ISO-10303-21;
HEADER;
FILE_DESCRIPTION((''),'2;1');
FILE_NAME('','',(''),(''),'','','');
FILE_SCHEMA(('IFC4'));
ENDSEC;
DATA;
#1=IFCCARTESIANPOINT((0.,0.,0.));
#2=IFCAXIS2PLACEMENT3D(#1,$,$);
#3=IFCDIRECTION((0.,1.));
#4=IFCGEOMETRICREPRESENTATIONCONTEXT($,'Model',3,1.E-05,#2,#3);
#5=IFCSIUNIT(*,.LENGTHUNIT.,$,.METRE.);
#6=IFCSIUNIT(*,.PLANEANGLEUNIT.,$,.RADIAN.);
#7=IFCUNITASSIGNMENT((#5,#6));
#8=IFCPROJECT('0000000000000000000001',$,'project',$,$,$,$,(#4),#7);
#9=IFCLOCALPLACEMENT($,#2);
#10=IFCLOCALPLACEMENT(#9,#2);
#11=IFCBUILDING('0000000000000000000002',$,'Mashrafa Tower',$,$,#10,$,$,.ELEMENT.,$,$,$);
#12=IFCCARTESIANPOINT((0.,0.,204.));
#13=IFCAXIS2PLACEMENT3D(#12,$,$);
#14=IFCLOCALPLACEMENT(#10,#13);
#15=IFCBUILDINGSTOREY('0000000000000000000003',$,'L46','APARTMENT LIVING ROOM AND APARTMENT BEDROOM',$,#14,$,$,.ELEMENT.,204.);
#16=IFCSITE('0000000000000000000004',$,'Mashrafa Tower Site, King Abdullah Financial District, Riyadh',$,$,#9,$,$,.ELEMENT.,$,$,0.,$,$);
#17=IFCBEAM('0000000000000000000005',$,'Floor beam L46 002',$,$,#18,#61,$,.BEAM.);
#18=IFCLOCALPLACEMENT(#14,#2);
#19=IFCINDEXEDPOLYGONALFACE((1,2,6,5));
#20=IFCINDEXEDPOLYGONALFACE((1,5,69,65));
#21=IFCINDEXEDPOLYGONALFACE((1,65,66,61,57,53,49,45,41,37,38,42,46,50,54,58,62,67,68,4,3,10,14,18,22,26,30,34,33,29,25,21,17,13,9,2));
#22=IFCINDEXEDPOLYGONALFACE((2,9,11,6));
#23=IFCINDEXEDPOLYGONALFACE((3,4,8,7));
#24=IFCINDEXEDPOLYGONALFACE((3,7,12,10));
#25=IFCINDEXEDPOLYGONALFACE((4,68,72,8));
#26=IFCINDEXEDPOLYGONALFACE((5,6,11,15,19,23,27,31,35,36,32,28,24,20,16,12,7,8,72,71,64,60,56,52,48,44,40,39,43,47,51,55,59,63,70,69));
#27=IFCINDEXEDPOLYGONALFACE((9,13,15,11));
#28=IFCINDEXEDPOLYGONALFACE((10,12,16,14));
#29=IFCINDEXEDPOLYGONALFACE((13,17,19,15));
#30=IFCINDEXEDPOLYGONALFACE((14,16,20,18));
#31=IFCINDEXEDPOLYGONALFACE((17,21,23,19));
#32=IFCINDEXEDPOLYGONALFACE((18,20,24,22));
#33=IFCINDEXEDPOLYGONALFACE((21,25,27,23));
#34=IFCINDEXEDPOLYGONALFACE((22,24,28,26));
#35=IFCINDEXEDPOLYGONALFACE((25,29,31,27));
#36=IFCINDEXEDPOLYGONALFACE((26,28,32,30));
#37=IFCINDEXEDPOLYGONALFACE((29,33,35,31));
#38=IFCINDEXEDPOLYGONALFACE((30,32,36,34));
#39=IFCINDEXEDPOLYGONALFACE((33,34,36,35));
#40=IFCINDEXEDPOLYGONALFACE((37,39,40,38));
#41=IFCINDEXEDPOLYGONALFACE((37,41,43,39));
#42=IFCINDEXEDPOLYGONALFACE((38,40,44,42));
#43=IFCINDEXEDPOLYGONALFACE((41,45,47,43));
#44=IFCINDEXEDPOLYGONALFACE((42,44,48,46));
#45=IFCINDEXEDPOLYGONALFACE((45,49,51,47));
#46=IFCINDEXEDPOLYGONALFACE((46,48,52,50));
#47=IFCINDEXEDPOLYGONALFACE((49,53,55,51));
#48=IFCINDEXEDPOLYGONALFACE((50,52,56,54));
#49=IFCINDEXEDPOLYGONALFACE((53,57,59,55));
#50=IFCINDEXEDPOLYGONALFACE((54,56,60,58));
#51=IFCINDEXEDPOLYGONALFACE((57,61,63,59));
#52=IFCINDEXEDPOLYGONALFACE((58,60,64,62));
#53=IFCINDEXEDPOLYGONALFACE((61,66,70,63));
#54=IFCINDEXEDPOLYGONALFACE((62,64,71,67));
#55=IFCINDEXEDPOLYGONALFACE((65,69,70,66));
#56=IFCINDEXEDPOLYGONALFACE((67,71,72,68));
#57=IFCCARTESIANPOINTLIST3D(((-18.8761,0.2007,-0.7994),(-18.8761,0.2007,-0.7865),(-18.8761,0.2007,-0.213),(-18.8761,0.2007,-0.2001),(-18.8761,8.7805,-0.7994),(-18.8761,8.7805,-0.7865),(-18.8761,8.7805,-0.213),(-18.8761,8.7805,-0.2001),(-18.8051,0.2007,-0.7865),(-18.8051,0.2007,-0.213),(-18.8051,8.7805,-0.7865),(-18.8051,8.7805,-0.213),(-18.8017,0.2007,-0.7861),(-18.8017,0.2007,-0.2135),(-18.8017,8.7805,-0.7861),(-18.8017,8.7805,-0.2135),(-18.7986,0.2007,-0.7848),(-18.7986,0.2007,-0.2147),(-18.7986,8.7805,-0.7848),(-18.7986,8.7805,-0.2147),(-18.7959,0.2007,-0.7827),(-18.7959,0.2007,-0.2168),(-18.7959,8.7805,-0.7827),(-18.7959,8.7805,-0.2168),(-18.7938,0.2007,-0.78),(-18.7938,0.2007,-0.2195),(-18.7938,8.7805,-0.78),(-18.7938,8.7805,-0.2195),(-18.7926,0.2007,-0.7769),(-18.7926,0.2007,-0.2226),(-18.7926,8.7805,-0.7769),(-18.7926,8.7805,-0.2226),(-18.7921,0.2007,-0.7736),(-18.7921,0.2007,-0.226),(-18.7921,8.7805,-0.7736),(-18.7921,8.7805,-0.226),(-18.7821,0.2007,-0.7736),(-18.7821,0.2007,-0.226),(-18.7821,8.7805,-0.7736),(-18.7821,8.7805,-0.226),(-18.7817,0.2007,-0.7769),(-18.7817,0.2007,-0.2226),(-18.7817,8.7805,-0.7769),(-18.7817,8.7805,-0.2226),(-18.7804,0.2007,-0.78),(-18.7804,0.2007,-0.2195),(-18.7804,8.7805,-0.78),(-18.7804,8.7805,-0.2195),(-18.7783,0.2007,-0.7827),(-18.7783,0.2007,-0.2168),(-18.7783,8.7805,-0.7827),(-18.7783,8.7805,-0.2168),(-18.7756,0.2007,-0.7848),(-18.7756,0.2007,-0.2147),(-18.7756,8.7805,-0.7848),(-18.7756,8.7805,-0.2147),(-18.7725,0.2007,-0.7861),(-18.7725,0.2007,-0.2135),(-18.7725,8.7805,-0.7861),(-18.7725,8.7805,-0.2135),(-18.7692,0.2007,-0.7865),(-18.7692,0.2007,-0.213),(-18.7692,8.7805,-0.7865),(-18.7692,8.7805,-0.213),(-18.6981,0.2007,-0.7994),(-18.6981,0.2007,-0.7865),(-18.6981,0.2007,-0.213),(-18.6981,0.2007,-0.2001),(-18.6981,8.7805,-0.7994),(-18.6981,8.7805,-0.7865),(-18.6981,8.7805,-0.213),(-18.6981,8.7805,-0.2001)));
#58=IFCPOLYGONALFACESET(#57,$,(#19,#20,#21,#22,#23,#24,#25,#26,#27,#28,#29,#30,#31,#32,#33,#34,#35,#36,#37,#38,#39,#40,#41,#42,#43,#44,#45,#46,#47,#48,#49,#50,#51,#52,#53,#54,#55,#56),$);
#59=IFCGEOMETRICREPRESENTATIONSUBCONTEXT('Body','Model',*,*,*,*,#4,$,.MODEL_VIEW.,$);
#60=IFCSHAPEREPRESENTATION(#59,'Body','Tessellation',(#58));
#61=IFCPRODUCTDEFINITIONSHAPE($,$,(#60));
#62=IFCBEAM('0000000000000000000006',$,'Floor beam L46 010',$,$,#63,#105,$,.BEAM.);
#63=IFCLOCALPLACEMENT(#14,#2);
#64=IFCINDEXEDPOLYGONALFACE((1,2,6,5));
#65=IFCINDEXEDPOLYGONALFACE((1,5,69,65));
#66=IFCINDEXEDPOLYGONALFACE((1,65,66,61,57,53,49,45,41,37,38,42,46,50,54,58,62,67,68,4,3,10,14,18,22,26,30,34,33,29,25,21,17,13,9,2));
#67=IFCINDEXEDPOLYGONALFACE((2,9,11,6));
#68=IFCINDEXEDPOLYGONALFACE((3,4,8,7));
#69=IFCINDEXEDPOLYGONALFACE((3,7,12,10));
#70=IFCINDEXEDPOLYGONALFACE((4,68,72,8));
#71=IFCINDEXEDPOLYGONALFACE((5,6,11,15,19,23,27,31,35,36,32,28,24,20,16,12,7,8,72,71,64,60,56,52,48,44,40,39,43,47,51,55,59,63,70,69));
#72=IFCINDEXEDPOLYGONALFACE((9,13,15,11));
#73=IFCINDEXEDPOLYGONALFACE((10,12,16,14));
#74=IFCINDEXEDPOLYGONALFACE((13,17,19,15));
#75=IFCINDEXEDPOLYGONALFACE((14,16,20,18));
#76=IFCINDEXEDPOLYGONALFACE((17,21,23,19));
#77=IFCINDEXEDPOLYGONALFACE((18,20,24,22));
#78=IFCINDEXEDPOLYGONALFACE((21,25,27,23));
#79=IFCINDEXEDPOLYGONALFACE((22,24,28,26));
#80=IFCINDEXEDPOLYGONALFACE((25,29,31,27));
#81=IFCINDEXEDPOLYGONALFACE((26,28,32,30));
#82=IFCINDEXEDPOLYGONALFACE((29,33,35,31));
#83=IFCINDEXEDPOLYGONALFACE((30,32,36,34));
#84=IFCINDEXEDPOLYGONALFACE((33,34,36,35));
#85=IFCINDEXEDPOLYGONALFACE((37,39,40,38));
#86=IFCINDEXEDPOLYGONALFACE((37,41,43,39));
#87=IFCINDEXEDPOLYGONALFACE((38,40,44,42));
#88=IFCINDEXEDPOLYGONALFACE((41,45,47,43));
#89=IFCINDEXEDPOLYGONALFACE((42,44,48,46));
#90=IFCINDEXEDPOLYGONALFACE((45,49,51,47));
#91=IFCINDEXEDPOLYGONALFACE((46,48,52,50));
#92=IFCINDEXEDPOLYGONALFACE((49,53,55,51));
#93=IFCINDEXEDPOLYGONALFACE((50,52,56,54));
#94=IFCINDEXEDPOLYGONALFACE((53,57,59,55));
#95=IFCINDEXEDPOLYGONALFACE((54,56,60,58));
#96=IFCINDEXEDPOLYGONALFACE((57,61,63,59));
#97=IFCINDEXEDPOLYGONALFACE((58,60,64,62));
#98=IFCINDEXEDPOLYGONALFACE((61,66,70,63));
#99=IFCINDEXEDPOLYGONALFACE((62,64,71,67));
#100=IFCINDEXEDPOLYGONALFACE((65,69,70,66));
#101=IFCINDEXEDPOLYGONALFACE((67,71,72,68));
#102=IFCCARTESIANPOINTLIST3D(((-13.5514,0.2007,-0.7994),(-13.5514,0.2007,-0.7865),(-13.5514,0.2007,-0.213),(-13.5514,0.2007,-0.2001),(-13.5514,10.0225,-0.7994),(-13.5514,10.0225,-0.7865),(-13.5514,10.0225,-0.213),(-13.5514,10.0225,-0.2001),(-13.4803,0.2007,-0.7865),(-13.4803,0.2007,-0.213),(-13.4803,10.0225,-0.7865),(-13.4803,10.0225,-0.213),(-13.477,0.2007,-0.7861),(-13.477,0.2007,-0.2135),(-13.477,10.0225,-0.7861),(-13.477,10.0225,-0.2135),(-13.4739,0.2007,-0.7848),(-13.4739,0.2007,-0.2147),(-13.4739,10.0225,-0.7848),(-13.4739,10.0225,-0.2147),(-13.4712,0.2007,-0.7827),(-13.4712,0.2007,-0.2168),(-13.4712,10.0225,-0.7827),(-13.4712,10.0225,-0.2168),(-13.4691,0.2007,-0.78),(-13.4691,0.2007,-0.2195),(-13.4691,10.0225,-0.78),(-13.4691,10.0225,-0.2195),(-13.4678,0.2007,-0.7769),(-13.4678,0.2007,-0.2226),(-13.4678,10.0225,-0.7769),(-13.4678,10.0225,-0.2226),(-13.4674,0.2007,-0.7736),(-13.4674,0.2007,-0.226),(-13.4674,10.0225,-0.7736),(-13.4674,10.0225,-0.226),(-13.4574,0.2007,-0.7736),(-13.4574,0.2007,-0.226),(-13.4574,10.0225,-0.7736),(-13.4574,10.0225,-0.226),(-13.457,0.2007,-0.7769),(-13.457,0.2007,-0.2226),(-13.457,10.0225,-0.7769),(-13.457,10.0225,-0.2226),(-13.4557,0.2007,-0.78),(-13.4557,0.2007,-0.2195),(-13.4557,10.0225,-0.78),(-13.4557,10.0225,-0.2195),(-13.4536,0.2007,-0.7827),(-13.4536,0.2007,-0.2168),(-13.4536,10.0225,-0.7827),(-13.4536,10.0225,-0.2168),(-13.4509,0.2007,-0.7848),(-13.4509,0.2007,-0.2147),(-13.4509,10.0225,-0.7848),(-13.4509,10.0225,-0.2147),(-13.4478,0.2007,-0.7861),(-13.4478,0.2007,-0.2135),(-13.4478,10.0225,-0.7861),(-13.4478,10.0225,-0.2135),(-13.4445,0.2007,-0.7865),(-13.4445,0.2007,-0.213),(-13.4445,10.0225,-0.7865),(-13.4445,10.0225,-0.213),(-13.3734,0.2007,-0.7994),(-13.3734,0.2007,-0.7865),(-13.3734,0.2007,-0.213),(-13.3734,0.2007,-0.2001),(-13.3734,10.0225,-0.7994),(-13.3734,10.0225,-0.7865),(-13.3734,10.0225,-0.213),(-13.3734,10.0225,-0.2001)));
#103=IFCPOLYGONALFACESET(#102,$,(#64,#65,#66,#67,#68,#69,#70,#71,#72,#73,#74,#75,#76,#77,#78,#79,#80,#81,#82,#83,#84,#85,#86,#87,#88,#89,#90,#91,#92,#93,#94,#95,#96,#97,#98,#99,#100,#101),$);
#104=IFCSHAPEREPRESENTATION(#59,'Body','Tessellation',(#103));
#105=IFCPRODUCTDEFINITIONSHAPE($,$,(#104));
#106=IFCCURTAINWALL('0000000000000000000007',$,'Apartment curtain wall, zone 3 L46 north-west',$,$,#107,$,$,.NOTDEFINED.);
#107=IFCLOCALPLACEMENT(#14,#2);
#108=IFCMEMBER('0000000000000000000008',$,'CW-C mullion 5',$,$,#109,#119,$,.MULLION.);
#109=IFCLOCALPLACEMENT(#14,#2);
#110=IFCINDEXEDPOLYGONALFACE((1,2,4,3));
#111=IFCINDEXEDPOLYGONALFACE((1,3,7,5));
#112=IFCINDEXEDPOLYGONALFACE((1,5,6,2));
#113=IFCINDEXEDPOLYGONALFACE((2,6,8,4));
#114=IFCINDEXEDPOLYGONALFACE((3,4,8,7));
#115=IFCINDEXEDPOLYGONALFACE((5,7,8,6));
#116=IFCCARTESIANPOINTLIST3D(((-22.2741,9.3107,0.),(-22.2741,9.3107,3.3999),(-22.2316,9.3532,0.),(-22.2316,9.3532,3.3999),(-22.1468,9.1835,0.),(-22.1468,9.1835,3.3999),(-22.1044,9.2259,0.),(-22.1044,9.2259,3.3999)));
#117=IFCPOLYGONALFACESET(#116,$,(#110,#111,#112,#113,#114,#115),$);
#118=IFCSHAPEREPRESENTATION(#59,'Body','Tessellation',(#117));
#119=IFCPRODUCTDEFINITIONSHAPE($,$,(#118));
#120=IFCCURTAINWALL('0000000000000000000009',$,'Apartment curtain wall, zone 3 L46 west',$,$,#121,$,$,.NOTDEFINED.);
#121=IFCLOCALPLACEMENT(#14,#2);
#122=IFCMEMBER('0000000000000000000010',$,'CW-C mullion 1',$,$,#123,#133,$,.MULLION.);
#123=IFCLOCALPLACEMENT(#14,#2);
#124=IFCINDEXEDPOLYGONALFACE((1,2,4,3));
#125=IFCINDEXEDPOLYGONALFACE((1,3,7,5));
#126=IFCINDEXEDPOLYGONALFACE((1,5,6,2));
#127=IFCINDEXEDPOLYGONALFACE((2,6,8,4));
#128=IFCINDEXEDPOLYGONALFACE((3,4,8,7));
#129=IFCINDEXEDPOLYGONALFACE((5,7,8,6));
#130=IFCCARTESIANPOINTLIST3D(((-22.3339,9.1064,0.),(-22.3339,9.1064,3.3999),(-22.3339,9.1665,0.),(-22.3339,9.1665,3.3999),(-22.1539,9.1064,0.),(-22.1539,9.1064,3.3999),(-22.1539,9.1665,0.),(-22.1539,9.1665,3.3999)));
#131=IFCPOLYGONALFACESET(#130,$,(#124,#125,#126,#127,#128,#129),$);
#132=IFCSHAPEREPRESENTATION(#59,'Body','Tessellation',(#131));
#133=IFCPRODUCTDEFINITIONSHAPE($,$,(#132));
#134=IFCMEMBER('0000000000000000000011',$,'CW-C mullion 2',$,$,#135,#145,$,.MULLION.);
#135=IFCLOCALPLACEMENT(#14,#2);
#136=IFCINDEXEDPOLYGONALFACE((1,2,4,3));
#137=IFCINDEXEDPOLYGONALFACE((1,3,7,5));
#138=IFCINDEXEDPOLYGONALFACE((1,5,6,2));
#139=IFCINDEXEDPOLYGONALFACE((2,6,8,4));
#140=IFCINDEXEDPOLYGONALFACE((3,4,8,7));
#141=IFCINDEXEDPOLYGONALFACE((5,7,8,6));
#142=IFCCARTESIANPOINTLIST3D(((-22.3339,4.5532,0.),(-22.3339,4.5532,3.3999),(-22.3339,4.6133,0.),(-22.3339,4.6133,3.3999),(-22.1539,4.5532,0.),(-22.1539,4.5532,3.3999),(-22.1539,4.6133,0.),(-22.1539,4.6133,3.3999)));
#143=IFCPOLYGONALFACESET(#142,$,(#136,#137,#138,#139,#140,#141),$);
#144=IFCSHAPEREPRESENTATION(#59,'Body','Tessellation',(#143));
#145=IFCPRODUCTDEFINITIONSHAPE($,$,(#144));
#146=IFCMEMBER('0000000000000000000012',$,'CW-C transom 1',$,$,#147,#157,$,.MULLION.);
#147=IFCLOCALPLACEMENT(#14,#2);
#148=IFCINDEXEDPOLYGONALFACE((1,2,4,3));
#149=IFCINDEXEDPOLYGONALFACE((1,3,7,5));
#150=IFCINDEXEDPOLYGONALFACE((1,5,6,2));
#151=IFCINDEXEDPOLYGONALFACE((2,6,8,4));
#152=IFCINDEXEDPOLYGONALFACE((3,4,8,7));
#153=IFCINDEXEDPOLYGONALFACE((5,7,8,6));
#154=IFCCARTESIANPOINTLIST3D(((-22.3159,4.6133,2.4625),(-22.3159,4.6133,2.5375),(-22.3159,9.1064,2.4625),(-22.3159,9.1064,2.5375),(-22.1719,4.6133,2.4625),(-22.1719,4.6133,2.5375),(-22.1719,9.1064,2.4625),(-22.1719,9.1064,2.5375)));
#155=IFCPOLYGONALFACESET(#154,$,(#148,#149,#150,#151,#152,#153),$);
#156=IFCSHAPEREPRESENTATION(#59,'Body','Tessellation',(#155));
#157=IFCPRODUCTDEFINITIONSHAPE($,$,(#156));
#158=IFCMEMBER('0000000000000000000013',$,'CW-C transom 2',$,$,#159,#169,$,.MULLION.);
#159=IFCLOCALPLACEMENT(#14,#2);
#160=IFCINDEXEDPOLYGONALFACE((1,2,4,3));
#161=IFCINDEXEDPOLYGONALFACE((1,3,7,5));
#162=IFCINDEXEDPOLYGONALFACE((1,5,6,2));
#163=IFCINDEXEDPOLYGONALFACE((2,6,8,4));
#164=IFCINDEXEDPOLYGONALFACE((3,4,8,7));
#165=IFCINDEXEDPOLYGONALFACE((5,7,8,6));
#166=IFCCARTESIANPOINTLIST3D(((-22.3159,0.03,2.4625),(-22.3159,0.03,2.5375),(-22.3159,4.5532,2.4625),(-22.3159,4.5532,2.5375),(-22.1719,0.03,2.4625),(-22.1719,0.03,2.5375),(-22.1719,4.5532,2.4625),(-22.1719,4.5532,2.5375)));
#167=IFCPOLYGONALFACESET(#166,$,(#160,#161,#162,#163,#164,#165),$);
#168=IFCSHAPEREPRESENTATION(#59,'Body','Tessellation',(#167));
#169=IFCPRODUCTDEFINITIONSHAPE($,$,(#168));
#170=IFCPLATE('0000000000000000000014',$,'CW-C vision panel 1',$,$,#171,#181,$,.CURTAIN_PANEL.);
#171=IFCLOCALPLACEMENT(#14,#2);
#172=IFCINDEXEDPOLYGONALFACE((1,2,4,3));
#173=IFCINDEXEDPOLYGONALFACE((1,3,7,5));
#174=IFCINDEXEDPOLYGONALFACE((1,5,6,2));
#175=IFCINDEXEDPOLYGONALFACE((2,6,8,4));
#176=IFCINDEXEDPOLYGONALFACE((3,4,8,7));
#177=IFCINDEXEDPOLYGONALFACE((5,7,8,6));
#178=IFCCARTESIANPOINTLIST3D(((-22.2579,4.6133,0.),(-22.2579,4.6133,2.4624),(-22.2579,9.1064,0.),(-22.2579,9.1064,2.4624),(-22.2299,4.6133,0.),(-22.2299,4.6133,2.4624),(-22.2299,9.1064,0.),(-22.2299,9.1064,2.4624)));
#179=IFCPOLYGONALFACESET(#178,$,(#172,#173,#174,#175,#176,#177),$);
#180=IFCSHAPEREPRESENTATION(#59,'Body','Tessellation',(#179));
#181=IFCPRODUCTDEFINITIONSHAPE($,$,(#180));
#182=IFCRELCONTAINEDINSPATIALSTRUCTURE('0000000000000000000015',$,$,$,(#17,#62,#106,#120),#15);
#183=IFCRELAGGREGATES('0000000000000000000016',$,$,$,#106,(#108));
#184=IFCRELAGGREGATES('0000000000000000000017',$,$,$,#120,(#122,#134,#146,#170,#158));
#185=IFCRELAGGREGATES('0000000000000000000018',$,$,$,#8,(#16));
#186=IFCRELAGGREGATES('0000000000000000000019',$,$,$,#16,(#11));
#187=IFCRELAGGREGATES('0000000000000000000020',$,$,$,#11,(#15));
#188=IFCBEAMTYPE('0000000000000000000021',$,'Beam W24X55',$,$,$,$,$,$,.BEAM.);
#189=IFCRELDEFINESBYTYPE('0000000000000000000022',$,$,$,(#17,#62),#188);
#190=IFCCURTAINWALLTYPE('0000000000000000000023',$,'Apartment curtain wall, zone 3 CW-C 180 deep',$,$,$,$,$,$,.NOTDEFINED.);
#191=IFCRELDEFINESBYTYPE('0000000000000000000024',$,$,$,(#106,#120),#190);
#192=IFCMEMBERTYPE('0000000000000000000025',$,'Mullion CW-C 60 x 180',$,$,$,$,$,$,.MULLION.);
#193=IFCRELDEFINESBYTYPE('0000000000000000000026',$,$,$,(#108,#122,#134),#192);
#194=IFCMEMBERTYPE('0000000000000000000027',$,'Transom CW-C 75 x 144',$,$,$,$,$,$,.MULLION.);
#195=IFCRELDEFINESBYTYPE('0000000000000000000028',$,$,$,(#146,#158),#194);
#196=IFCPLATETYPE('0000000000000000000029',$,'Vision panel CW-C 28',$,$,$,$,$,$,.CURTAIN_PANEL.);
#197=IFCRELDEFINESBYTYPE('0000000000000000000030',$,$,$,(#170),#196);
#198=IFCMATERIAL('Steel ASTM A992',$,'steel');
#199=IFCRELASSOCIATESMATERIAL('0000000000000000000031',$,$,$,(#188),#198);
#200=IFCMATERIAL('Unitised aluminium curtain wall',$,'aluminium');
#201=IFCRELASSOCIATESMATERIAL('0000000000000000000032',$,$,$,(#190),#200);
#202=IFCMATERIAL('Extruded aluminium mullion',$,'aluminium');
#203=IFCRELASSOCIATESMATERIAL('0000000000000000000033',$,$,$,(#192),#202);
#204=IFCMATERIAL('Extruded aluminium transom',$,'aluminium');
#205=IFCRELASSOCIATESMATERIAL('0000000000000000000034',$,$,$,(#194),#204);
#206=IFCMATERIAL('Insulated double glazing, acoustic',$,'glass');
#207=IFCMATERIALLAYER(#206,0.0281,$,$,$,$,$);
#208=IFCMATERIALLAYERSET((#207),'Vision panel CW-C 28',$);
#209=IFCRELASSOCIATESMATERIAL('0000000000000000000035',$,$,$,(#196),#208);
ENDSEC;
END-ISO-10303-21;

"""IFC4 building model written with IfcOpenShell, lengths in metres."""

from ifc_helpers import new_model, si_unit, direction, frame, origin, origin_2d, place, context, subcontext, project, spatial, rectangle, i_section, extrude, source, transform, mapped, material, layer, layer_set, material_profile, profile_set, type_object, type_shapes, element, aggregate, save


model = new_model("IFC4")

# Units and contexts
model_context = context("Model", 3, precision=1e-05, world=origin(), true_north=direction((0.0, 1.0)))
body_context = subcontext(model_context, "Body", "Model", "MODEL_VIEW")
ifc_project = project(units=[si_unit("LENGTHUNIT", "METRE"), si_unit("PLANEANGLEUNIT", "RADIAN")], contexts=[model_context])

# Site, building, storey
site_placement = place(None, origin())
site = spatial("IfcSite", under=ifc_project, at=site_placement, Name="Mashrafa Tower Site, King Abdullah Financial District, Riyadh", CompositionType="ELEMENT", RefElevation=0.0)
building_placement = place(site_placement, origin())
building = spatial("IfcBuilding", under=site, at=building_placement, Name="Mashrafa Tower", CompositionType="ELEMENT")
storey_placement = place(building_placement, frame((0.0, 0.0, 204.0)))
storey = spatial("IfcBuildingStorey", under=building, at=storey_placement, Name="L46", Description="APARTMENT LIVING ROOM AND APARTMENT BEDROOM", CompositionType="ELEMENT", Elevation=204.0)

# Beams
ifc_material_1 = material(Name="Steel ASTM A992", Category="steel")
ifc_material_profile_1 = material_profile(ifc_material_1, i_section(OverallWidth=0.178, OverallDepth=0.5994, WebThickness=0.01, FlangeThickness=0.0129, FilletRadius=0.0129, at=origin_2d()), Name="W24X55")
ifc_profile_set_1 = profile_set([ifc_material_profile_1], Name="Steel ASTM A992")
beam_type_1 = type_object("IfcBeamType", Name="Beam W24X55", PredefinedType="BEAM", material=ifc_profile_set_1)
beam_1_placement = place(storey_placement, frame((-18.7871, 0.2007, -0.4998), z_axis=(0.0, 1.0, 0.0), x_axis=(-1.0, 0.0, 0.0)))
element("IfcBeam", 1, at=beam_1_placement, inside=storey, type_object=beam_type_1, Name="Floor beam L46 002", PredefinedType="BEAM", context=body_context, shape_type="SweptSolid", body=[
    extrude(i_section(OverallWidth=0.178, OverallDepth=0.5994, WebThickness=0.01, FlangeThickness=0.0129, FilletRadius=0.0129, at=origin_2d()), origin(), (0.0, 0.0, 1.0), 8.5798),
])
beam_2_placement = place(storey_placement, frame((-13.4624, 0.2007, -0.4998), z_axis=(0.0, 1.0, 0.0), x_axis=(-1.0, 0.0, 0.0)))
element("IfcBeam", 2, at=beam_2_placement, inside=storey, type_object=beam_type_1, Name="Floor beam L46 010", PredefinedType="BEAM", context=body_context, shape_type="SweptSolid", body=[
    extrude(i_section(OverallWidth=0.178, OverallDepth=0.5994, WebThickness=0.01, FlangeThickness=0.0129, FilletRadius=0.0129, at=origin_2d()), origin(), (0.0, 0.0, 1.0), 9.8218),
])

# Curtain wall, member
ifc_material_2 = material(Name="Unitised aluminium curtain wall", Category="aluminium")
curtain_wall_type = type_object("IfcCurtainWallType", Name="Apartment curtain wall, zone 3 CW-C 180 deep", PredefinedType="NOTDEFINED", material=ifc_material_2)
curtain_wall_1_placement = place(storey_placement, origin())
curtain_wall_1 = element("IfcCurtainWall", 3, at=curtain_wall_1_placement, inside=storey, type_object=curtain_wall_type, Name="Apartment curtain wall, zone 3 L46 north-west", PredefinedType="NOTDEFINED")
ifc_material_3 = material(Name="Extruded aluminium mullion", Category="aluminium")
ifc_material_profile_2 = material_profile(ifc_material_3, rectangle(XDim=0.1799, YDim=0.0601, at=origin_2d()), Name="Mullion 60x180")
ifc_profile_set_2 = profile_set([ifc_material_profile_2], Name="Extruded aluminium mullion")
member_type_1 = type_object("IfcMemberType", Name="Mullion CW-C 60 x 180", PredefinedType="MULLION", material=ifc_profile_set_2)
shared_shape_1 = source(origin(), body_context, "Body", "SweptSolid", [
    extrude(rectangle(XDim=0.1799, YDim=0.0601, at=origin_2d()), origin(), (0.0, 0.0, 1.0), 3.3999),
])
type_shapes(member_type_1, [shared_shape_1])
member_1_placement = place(storey_placement, frame((-22.1892, 9.2683, 0.0), z_axis=(0.0, 0.0, 1.0), x_axis=(0.707107, -0.707107, 0.0)))
member_1 = element("IfcMember", 4, at=member_1_placement, type_object=member_type_1, Name="CW-C mullion 5", PredefinedType="MULLION", context=body_context, shape_type="MappedRepresentation", body=[
    mapped(shared_shape_1, transform((0.0, 0.0, 0.0))),
])
aggregate(curtain_wall_1, [member_1])

# Curtain wall, members, plate
curtain_wall_2_placement = place(storey_placement, origin())
curtain_wall_2 = element("IfcCurtainWall", 5, at=curtain_wall_2_placement, inside=storey, type_object=curtain_wall_type, Name="Apartment curtain wall, zone 3 L46 west", PredefinedType="NOTDEFINED")
member_2_placement = place(storey_placement, frame((-22.2439, 9.1365, 0.0), z_axis=(0.0, 0.0, 1.0), x_axis=(1.0, 0.0, 0.0)))
member_2 = element("IfcMember", 6, at=member_2_placement, type_object=member_type_1, Name="CW-C mullion 1", PredefinedType="MULLION", context=body_context, shape_type="MappedRepresentation", body=[
    mapped(shared_shape_1, transform((0.0, 0.0, 0.0))),
])
member_3_placement = place(storey_placement, frame((-22.2439, 4.5833, 0.0), z_axis=(0.0, 0.0, 1.0), x_axis=(1.0, 0.0, 0.0)))
member_3 = element("IfcMember", 7, at=member_3_placement, type_object=member_type_1, Name="CW-C mullion 2", PredefinedType="MULLION", context=body_context, shape_type="MappedRepresentation", body=[
    mapped(shared_shape_1, transform((0.0, 0.0, 0.0))),
])
ifc_material_4 = material(Name="Extruded aluminium transom", Category="aluminium")
ifc_material_profile_3 = material_profile(ifc_material_4, rectangle(XDim=0.144, YDim=0.075, at=origin_2d()), Name="Transom 75x144")
ifc_profile_set_3 = profile_set([ifc_material_profile_3], Name="Extruded aluminium transom")
member_type_2 = type_object("IfcMemberType", Name="Transom CW-C 75 x 144", PredefinedType="MULLION", material=ifc_profile_set_3)
shared_shape_2 = source(origin(), body_context, "Body", "SweptSolid", [
    extrude(rectangle(XDim=0.144, YDim=0.075, at=origin_2d()), origin(), (0.0, 0.0, 1.0), 4.4932),
])
member_4_placement = place(storey_placement, frame((-22.2439, 9.1064, 2.5), z_axis=(0.0, -1.0, 0.0), x_axis=(1.0, 0.0, 0.0)))
member_4 = element("IfcMember", 8, at=member_4_placement, type_object=member_type_2, Name="CW-C transom 1", PredefinedType="MULLION", context=body_context, shape_type="MappedRepresentation", body=[
    mapped(shared_shape_2, transform((0.0, 0.0, 0.0))),
])
shared_shape_3 = source(origin(), body_context, "Body", "SweptSolid", [
    extrude(rectangle(XDim=0.144, YDim=0.075, at=origin_2d()), origin(), (0.0, 0.0, 1.0), 4.5232),
])
type_shapes(member_type_2, [shared_shape_2, shared_shape_3])
member_5_placement = place(storey_placement, frame((-22.2439, 4.5532, 2.5), z_axis=(0.0, -1.0, 0.0), x_axis=(1.0, 0.0, 0.0)))
member_5 = element("IfcMember", 9, at=member_5_placement, type_object=member_type_2, Name="CW-C transom 2", PredefinedType="MULLION", context=body_context, shape_type="MappedRepresentation", body=[
    mapped(shared_shape_3, transform((0.0, 0.0, 0.0))),
])
ifc_material_5 = material(Name="Insulated double glazing, acoustic", Category="glass")
ifc_layer_1 = layer(ifc_material_5, 0.0281)
ifc_layer_set_1 = layer_set([ifc_layer_1], Name="Vision panel CW-C 28")
plate_type_1 = type_object("IfcPlateType", Name="Vision panel CW-C 28", PredefinedType="CURTAIN_PANEL", material=ifc_layer_set_1)
shared_shape_4 = source(origin(), body_context, "Body", "SweptSolid", [
    extrude(rectangle(XDim=4.4932, YDim=0.0281, at=origin_2d()), origin(), (0.0, 0.0, 1.0), 2.4624),
])
plate_1_placement = place(storey_placement, frame((-22.2439, 6.8599, 0.0), z_axis=(0.0, 0.0, 1.0), x_axis=(0.0, -1.0, 0.0)))
plate_1 = element("IfcPlate", 10, at=plate_1_placement, type_object=plate_type_1, Name="CW-C vision panel 1", PredefinedType="CURTAIN_PANEL", context=body_context, shape_type="MappedRepresentation", body=[
    mapped(shared_shape_4, transform((0.0, 0.0, 0.0))),
])
aggregate(curtain_wall_2, [member_2, member_3, member_4, plate_1, member_5])

save(model, "model.ifc")
